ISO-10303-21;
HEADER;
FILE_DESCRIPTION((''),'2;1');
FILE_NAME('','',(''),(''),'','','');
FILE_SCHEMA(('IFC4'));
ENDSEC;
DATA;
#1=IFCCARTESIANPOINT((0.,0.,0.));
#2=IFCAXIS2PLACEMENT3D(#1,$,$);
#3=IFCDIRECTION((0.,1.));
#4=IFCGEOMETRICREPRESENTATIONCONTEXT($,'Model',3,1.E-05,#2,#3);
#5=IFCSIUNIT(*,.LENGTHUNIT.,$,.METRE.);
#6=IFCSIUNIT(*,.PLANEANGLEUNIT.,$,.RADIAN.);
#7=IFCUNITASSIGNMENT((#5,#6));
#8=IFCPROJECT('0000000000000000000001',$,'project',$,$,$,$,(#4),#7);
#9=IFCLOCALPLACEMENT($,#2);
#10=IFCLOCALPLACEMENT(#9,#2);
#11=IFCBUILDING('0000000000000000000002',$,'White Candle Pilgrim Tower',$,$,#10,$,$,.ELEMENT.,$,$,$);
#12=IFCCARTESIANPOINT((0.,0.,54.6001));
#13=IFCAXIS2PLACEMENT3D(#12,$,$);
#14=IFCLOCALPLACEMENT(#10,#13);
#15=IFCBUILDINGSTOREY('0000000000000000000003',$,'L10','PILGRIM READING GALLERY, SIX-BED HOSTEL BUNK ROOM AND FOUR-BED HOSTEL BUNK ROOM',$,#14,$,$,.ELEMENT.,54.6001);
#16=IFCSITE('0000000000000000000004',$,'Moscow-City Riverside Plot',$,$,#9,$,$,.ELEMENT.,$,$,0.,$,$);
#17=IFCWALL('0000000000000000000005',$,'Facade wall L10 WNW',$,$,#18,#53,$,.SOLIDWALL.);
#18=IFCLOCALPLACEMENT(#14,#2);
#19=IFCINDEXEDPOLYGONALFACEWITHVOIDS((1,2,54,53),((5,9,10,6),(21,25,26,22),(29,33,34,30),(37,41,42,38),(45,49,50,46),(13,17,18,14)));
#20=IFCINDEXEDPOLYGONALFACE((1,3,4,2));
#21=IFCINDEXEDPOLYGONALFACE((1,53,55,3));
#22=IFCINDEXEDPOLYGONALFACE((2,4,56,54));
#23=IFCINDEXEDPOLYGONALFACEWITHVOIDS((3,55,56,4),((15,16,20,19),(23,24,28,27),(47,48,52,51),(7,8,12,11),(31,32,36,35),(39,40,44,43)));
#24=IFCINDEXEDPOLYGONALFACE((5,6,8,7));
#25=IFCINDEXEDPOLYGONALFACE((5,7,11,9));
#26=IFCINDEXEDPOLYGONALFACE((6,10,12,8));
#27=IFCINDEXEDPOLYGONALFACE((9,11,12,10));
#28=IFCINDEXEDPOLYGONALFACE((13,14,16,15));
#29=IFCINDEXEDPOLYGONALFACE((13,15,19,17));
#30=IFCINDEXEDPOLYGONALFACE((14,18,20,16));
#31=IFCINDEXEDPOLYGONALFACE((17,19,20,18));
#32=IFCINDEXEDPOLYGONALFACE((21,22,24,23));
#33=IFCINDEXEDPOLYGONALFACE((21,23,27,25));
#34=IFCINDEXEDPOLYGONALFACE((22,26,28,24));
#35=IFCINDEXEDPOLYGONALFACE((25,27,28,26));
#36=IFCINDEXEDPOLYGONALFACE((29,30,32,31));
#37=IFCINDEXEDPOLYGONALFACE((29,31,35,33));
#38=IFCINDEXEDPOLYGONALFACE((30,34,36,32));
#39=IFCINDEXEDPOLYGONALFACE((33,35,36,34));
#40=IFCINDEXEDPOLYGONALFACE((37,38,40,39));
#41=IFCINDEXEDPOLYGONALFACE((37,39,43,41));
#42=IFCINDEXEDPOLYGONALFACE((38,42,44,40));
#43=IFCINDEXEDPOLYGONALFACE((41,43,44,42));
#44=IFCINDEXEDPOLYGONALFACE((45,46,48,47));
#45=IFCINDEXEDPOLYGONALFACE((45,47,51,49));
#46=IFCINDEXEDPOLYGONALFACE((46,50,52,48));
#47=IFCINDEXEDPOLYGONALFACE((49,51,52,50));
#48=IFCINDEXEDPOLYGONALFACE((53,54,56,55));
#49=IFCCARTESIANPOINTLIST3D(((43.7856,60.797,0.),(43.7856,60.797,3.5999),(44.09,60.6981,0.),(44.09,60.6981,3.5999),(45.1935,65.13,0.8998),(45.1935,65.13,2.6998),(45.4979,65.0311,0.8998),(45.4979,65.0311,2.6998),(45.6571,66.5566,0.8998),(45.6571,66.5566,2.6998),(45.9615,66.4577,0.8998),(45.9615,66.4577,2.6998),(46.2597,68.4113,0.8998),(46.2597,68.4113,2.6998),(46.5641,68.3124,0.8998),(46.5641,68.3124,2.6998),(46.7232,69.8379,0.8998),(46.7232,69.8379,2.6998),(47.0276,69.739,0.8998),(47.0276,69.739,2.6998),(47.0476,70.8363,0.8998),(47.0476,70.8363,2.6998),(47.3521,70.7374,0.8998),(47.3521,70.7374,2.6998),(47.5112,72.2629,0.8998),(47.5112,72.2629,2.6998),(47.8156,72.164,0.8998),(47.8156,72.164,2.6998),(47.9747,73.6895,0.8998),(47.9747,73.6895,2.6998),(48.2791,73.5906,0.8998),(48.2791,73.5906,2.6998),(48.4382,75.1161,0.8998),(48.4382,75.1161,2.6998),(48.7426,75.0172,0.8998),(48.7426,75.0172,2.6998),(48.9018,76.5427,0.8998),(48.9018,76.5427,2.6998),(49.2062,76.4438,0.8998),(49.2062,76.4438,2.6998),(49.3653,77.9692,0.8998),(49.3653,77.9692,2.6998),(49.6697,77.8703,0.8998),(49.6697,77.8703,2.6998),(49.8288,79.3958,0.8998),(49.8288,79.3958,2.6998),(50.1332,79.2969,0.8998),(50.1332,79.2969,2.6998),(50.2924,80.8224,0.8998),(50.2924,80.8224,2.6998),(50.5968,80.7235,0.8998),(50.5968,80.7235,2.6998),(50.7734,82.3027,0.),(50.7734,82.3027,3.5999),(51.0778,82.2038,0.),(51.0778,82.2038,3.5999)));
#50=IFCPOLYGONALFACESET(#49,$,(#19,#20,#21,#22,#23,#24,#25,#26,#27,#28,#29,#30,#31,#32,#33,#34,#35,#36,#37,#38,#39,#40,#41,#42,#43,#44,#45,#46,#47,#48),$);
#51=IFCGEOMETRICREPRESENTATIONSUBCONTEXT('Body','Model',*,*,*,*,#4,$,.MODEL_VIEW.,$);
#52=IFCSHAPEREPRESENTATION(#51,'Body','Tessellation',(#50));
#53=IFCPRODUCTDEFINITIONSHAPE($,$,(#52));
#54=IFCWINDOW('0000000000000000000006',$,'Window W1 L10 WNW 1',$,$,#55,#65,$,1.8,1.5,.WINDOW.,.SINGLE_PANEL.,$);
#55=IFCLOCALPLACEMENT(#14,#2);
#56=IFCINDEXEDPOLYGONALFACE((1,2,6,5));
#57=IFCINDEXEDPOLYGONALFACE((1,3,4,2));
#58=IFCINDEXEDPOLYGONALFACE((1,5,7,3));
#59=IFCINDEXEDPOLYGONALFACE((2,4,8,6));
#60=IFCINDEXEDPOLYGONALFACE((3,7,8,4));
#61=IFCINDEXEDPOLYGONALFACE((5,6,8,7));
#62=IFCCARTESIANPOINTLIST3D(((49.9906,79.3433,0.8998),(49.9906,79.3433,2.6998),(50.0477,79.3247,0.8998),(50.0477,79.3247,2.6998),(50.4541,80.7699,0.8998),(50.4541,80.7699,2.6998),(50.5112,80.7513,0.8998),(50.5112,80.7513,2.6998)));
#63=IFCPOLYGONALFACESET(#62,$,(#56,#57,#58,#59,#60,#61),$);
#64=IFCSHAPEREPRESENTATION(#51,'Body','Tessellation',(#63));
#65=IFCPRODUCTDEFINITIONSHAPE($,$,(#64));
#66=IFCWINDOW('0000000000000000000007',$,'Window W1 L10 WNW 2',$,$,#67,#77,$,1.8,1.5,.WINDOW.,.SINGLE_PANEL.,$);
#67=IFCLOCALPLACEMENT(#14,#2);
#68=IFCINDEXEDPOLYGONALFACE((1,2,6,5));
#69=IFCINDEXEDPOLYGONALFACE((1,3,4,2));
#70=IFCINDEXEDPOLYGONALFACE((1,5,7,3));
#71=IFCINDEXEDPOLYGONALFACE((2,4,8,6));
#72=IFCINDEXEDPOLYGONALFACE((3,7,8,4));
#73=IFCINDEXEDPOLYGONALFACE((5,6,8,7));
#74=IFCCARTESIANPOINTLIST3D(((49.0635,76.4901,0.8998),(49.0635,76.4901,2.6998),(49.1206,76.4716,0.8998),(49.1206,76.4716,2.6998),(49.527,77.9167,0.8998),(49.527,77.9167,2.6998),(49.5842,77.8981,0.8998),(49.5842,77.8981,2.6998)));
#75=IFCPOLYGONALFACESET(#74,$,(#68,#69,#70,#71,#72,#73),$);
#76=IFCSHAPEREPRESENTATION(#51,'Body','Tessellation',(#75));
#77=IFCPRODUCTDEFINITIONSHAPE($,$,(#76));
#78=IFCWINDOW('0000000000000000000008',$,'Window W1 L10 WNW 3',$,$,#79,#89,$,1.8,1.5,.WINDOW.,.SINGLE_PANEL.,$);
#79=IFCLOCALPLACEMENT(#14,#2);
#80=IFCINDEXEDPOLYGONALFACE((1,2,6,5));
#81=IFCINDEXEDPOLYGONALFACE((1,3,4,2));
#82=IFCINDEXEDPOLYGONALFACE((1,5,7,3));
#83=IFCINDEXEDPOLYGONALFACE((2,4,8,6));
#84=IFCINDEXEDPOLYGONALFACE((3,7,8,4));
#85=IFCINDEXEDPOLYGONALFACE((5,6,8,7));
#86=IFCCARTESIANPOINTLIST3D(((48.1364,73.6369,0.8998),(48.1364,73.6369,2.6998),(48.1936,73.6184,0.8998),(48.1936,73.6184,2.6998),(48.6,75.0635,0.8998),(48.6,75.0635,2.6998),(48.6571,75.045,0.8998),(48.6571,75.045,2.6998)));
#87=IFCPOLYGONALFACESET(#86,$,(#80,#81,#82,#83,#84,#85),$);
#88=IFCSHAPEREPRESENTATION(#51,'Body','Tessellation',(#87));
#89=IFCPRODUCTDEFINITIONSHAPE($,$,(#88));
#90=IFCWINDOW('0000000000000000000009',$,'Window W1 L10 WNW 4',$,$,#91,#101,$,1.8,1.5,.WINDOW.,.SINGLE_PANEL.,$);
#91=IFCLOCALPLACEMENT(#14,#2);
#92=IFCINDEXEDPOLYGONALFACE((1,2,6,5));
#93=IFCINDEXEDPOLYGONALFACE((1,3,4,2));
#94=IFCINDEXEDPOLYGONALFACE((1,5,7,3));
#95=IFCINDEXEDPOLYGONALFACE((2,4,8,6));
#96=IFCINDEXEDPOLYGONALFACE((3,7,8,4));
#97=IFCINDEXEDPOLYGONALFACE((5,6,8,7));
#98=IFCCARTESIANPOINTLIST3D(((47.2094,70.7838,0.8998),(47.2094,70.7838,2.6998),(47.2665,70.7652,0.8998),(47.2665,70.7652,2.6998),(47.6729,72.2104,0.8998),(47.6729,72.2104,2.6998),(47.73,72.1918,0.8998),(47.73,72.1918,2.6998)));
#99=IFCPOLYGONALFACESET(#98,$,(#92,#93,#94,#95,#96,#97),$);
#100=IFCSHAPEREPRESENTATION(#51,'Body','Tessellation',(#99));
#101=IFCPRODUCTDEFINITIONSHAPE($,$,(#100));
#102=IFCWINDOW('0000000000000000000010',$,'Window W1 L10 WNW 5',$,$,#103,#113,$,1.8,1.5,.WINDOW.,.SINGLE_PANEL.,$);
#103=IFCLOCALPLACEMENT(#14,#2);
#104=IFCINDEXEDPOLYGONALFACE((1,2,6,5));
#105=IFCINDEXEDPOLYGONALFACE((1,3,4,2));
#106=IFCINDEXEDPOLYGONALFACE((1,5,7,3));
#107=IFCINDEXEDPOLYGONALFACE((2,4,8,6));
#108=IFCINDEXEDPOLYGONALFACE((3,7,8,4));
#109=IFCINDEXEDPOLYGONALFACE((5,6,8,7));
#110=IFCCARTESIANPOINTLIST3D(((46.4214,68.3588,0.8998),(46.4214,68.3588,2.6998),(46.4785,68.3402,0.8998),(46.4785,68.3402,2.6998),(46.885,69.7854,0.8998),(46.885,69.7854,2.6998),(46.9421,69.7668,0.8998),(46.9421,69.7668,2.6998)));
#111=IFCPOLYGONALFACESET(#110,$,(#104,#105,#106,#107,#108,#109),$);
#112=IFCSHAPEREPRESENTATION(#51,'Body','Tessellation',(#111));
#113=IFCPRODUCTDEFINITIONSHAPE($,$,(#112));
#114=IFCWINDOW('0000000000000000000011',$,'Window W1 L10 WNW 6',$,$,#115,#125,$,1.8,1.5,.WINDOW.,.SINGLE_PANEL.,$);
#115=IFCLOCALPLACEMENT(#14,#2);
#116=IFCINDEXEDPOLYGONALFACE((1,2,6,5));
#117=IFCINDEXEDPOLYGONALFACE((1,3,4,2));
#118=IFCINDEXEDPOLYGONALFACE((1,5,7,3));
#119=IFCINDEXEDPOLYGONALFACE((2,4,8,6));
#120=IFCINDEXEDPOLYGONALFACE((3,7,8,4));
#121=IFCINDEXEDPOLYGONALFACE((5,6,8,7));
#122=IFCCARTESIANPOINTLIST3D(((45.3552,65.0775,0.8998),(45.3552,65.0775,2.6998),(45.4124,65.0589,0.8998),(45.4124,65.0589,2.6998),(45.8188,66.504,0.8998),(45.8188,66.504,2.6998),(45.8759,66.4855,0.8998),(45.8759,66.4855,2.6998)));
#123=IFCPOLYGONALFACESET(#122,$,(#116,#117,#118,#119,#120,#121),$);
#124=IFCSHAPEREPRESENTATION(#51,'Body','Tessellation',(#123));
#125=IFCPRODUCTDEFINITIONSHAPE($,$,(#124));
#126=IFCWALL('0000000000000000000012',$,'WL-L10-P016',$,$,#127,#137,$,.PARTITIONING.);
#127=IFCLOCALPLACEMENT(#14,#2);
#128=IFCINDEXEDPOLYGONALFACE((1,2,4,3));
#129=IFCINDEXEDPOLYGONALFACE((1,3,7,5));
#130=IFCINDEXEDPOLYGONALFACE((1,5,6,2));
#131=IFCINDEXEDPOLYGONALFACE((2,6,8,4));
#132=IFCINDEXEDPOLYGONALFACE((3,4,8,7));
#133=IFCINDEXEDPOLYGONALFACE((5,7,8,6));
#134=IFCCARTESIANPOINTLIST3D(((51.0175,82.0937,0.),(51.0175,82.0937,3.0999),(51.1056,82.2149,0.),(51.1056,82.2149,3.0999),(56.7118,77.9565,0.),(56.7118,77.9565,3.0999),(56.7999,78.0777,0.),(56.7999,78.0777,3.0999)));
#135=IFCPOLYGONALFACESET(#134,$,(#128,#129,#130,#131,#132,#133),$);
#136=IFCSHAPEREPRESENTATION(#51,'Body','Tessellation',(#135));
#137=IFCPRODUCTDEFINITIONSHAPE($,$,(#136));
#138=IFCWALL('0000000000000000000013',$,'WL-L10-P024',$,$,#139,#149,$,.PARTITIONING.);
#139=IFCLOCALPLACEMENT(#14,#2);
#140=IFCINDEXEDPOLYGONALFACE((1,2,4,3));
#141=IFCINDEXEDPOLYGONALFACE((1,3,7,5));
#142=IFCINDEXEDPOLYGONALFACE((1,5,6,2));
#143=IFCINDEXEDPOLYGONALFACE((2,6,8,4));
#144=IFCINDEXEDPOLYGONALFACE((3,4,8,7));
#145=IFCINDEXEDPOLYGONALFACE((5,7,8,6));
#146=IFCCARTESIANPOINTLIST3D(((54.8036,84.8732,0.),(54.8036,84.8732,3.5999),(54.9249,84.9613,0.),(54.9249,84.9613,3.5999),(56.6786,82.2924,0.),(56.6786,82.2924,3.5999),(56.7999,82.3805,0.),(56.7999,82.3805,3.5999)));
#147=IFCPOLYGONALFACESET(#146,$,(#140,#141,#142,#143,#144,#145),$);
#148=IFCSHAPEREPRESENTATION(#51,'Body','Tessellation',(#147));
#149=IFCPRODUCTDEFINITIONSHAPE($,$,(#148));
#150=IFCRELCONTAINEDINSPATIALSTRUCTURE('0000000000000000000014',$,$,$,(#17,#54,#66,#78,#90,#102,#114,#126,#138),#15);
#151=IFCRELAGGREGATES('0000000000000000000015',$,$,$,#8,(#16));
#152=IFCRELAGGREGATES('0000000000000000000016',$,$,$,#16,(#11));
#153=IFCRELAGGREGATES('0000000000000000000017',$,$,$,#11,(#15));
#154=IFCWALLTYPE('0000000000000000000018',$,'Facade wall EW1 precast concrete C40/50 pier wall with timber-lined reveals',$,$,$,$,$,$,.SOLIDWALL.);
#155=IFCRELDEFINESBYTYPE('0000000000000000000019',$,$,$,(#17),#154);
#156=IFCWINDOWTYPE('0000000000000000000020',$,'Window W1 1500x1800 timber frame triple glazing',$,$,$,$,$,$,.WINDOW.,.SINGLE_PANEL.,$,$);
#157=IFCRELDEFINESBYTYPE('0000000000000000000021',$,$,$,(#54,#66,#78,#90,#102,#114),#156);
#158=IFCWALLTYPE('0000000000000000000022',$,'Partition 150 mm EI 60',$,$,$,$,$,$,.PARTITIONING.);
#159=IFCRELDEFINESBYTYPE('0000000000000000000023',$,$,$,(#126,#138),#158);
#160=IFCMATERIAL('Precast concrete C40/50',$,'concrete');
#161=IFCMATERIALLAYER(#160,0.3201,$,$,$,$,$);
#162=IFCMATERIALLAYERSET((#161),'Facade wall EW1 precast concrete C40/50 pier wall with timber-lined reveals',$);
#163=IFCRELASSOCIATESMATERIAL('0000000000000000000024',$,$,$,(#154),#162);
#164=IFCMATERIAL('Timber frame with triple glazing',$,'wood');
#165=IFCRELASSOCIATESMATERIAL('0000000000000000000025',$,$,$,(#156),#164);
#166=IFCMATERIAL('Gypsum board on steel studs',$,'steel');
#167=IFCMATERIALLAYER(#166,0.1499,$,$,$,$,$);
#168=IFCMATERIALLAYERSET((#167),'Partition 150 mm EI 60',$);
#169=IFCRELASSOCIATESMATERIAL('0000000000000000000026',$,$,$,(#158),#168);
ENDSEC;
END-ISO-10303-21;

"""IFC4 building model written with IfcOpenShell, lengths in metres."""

from ifc_helpers import new_model, si_unit, direction, frame, frame_2d, origin, place, context, subcontext, project, spatial, rectangle, extrude, material, layer, layer_set, type_object, element, fill, save


model = new_model("IFC4")

# Units and contexts
model_context = context("Model", 3, precision=1e-05, world=origin(), true_north=direction((0.0, 1.0)))
body_context = subcontext(model_context, "Body", "Model", "MODEL_VIEW")
ifc_project = project(units=[si_unit("LENGTHUNIT", "METRE"), si_unit("PLANEANGLEUNIT", "RADIAN")], contexts=[model_context])

# Site, building, storey
site_placement = place(None, origin())
site = spatial("IfcSite", under=ifc_project, at=site_placement, Name="Moscow-City Riverside Plot", CompositionType="ELEMENT", RefElevation=0.0)
building_placement = place(site_placement, origin())
building = spatial("IfcBuilding", under=site, at=building_placement, Name="White Candle Pilgrim Tower", CompositionType="ELEMENT")
storey_placement = place(building_placement, frame((0.0, 0.0, 54.6001)))
storey = spatial("IfcBuildingStorey", under=building, at=storey_placement, Name="L10", Description="PILGRIM READING GALLERY, SIX-BED HOSTEL BUNK ROOM AND FOUR-BED HOSTEL BUNK ROOM", CompositionType="ELEMENT", Elevation=54.6001)

# Wall, openings, windows
ifc_material_1 = material(Name="Precast concrete C40/50", Category="concrete")
ifc_layer_1 = layer(ifc_material_1, 0.3201)
ifc_layer_set_1 = layer_set([ifc_layer_1], Name="Facade wall EW1 precast concrete C40/50 pier wall with timber-lined reveals")
wall_type_1 = type_object("IfcWallType", Name="Facade wall EW1 precast concrete C40/50 pier wall with timber-lined reveals", PredefinedType="SOLIDWALL", material=ifc_layer_set_1)
ifc_material_2 = material(Name="Timber frame with triple glazing", Category="wood")
wall_1_placement = place(storey_placement, frame((50.9255, 82.2532, 0.0), z_axis=(0.0, 0.0, 1.0), x_axis=(-0.309022, -0.951055, 0.0)))
wall_1 = element("IfcWall", 1, at=wall_1_placement, inside=storey, type_object=wall_type_1, Name="Facade wall L10 WNW", PredefinedType="SOLIDWALL", context=body_context, shape_type="SweptSolid", body=[
    extrude(rectangle(XDim=22.6125, YDim=0.3201, at=frame_2d((11.3062, 0.0))), origin(), (0.0, 0.0, 1.0), 3.5999),
])
opening_1_placement = place(wall_1_placement, frame((1.5564, 0.0, 0.8999)))
opening_1 = element("IfcOpeningElement", 2, at=opening_1_placement, cuts=wall_1, PredefinedType="OPENING", context=body_context, shape_type="SweptSolid", body=[
    extrude(rectangle(XDim=1.5, YDim=1.8, at=frame_2d((0.75, 0.8999))), frame((0.0, 0.1699, 0.0), z_axis=(0.0, -1.0, 0.0), x_axis=(1.0, 0.0, 0.0)), (0.0, 0.0, 1.0), 0.3401),
])
opening_2_placement = place(wall_1_placement, frame((4.5564, 0.0, 0.8999)))
opening_2 = element("IfcOpeningElement", 3, at=opening_2_placement, cuts=wall_1, PredefinedType="OPENING", context=body_context, shape_type="SweptSolid", body=[
    extrude(rectangle(XDim=1.5, YDim=1.8, at=frame_2d((0.75, 0.8999))), frame((0.0, 0.1699, 0.0), z_axis=(0.0, -1.0, 0.0), x_axis=(1.0, 0.0, 0.0)), (0.0, 0.0, 1.0), 0.3401),
])
opening_3_placement = place(wall_1_placement, frame((7.5564, 0.0, 0.8999)))
opening_3 = element("IfcOpeningElement", 4, at=opening_3_placement, cuts=wall_1, PredefinedType="OPENING", context=body_context, shape_type="SweptSolid", body=[
    extrude(rectangle(XDim=1.5, YDim=1.8, at=frame_2d((0.75, 0.8999))), frame((0.0, 0.1699, 0.0), z_axis=(0.0, -1.0, 0.0), x_axis=(1.0, 0.0, 0.0)), (0.0, 0.0, 1.0), 0.3401),
])
opening_4_placement = place(wall_1_placement, frame((10.5564, 0.0, 0.8999)))
opening_4 = element("IfcOpeningElement", 5, at=opening_4_placement, cuts=wall_1, PredefinedType="OPENING", context=body_context, shape_type="SweptSolid", body=[
    extrude(rectangle(XDim=1.5, YDim=1.8, at=frame_2d((0.75, 0.8999))), frame((0.0, 0.1699, 0.0), z_axis=(0.0, -1.0, 0.0), x_axis=(1.0, 0.0, 0.0)), (0.0, 0.0, 1.0), 0.3401),
])
opening_5_placement = place(wall_1_placement, frame((13.1062, 0.0, 0.8999)))
opening_5 = element("IfcOpeningElement", 6, at=opening_5_placement, cuts=wall_1, PredefinedType="OPENING", context=body_context, shape_type="SweptSolid", body=[
    extrude(rectangle(XDim=1.5, YDim=1.8, at=frame_2d((0.75, 0.8999))), frame((0.0, 0.1699, 0.0), z_axis=(0.0, -1.0, 0.0), x_axis=(1.0, 0.0, 0.0)), (0.0, 0.0, 1.0), 0.3401),
])
opening_6_placement = place(wall_1_placement, frame((16.5564, 0.0, 0.8999)))
opening_6 = element("IfcOpeningElement", 7, at=opening_6_placement, cuts=wall_1, PredefinedType="OPENING", context=body_context, shape_type="SweptSolid", body=[
    extrude(rectangle(XDim=1.5, YDim=1.8, at=frame_2d((0.75, 0.8999))), frame((0.0, 0.1699, 0.0), z_axis=(0.0, -1.0, 0.0), x_axis=(1.0, 0.0, 0.0)), (0.0, 0.0, 1.0), 0.3401),
])
window_type_1 = type_object("IfcWindowType", Name="Window W1 1500x1800 timber frame triple glazing", PartitioningType="SINGLE_PANEL", PredefinedType="WINDOW", material=ifc_material_2)
window_1_placement = place(opening_1_placement, origin())
window_1 = element("IfcWindow", 8, at=window_1_placement, inside=storey, type_object=window_type_1, Name="Window W1 L10 WNW 1", OverallHeight=1.8, OverallWidth=1.5, PartitioningType="SINGLE_PANEL", PredefinedType="WINDOW", context=body_context, shape_type="SweptSolid", body=[
    extrude(rectangle(XDim=1.5, YDim=1.8, at=frame_2d((0.75, 0.8999))), frame((0.0, 0.0701, 0.0), z_axis=(0.0, -1.0, 0.0), x_axis=(1.0, 0.0, 0.0)), (0.0, 0.0, 1.0), 0.0601),
])
fill(opening_1, window_1)
window_2_placement = place(opening_2_placement, origin())
window_2 = element("IfcWindow", 9, at=window_2_placement, inside=storey, type_object=window_type_1, Name="Window W1 L10 WNW 2", OverallHeight=1.8, OverallWidth=1.5, PartitioningType="SINGLE_PANEL", PredefinedType="WINDOW", context=body_context, shape_type="SweptSolid", body=[
    extrude(rectangle(XDim=1.5, YDim=1.8, at=frame_2d((0.75, 0.8999))), frame((0.0, 0.0701, 0.0), z_axis=(0.0, -1.0, 0.0), x_axis=(1.0, 0.0, 0.0)), (0.0, 0.0, 1.0), 0.0601),
])
fill(opening_2, window_2)
window_3_placement = place(opening_3_placement, origin())
window_3 = element("IfcWindow", 10, at=window_3_placement, inside=storey, type_object=window_type_1, Name="Window W1 L10 WNW 3", OverallHeight=1.8, OverallWidth=1.5, PartitioningType="SINGLE_PANEL", PredefinedType="WINDOW", context=body_context, shape_type="SweptSolid", body=[
    extrude(rectangle(XDim=1.5, YDim=1.8, at=frame_2d((0.75, 0.8999))), frame((0.0, 0.0701, 0.0), z_axis=(0.0, -1.0, 0.0), x_axis=(1.0, 0.0, 0.0)), (0.0, 0.0, 1.0), 0.0601),
])
fill(opening_3, window_3)
window_4_placement = place(opening_4_placement, origin())
window_4 = element("IfcWindow", 11, at=window_4_placement, inside=storey, type_object=window_type_1, Name="Window W1 L10 WNW 4", OverallHeight=1.8, OverallWidth=1.5, PartitioningType="SINGLE_PANEL", PredefinedType="WINDOW", context=body_context, shape_type="SweptSolid", body=[
    extrude(rectangle(XDim=1.5, YDim=1.8, at=frame_2d((0.75, 0.8999))), frame((0.0, 0.0701, 0.0), z_axis=(0.0, -1.0, 0.0), x_axis=(1.0, 0.0, 0.0)), (0.0, 0.0, 1.0), 0.0601),
])
fill(opening_4, window_4)
window_5_placement = place(opening_5_placement, origin())
window_5 = element("IfcWindow", 12, at=window_5_placement, inside=storey, type_object=window_type_1, Name="Window W1 L10 WNW 5", OverallHeight=1.8, OverallWidth=1.5, PartitioningType="SINGLE_PANEL", PredefinedType="WINDOW", context=body_context, shape_type="SweptSolid", body=[
    extrude(rectangle(XDim=1.5, YDim=1.8, at=frame_2d((0.75, 0.8999))), frame((0.0, 0.0701, 0.0), z_axis=(0.0, -1.0, 0.0), x_axis=(1.0, 0.0, 0.0)), (0.0, 0.0, 1.0), 0.0601),
])
fill(opening_5, window_5)
window_6_placement = place(opening_6_placement, origin())
window_6 = element("IfcWindow", 13, at=window_6_placement, inside=storey, type_object=window_type_1, Name="Window W1 L10 WNW 6", OverallHeight=1.8, OverallWidth=1.5, PartitioningType="SINGLE_PANEL", PredefinedType="WINDOW", context=body_context, shape_type="SweptSolid", body=[
    extrude(rectangle(XDim=1.5, YDim=1.8, at=frame_2d((0.75, 0.8999))), frame((0.0, 0.0701, 0.0), z_axis=(0.0, -1.0, 0.0), x_axis=(1.0, 0.0, 0.0)), (0.0, 0.0, 1.0), 0.0601),
])
fill(opening_6, window_6)

# Walls
ifc_material_3 = material(Name="Gypsum board on steel studs", Category="steel")
ifc_layer_2 = layer(ifc_material_3, 0.1499)
ifc_layer_set_2 = layer_set([ifc_layer_2], Name="Partition 150 mm EI 60")
wall_type_2 = type_object("IfcWallType", Name="Partition 150 mm EI 60", PredefinedType="PARTITIONING", material=ifc_layer_set_2)
wall_2_placement = place(storey_placement, frame((51.0615, 82.1543, 0.0), z_axis=(0.0, 0.0, 1.0), x_axis=(0.809015, -0.587788, 0.0)))
element("IfcWall", 14, at=wall_2_placement, inside=storey, type_object=wall_type_2, Name="WL-L10-P016", PredefinedType="PARTITIONING", context=body_context, shape_type="SweptSolid", body=[
    extrude(rectangle(XDim=7.0386, YDim=0.1499, at=frame_2d((3.5193, 0.0))), origin(), (0.0, 0.0, 1.0), 3.0999),
])
wall_3_placement = place(storey_placement, frame((54.8643, 84.9172, 0.0), z_axis=(0.0, 0.0, 1.0), x_axis=(0.587771, -0.809027, 0.0)))
element("IfcWall", 15, at=wall_3_placement, inside=storey, type_object=wall_type_2, Name="WL-L10-P024", PredefinedType="PARTITIONING", context=body_context, shape_type="SweptSolid", body=[
    extrude(rectangle(XDim=3.1899, YDim=0.1499, at=frame_2d((1.595, 0.0))), origin(), (0.0, 0.0, 1.0), 3.5999),
])

save(model, "model.ifc")
